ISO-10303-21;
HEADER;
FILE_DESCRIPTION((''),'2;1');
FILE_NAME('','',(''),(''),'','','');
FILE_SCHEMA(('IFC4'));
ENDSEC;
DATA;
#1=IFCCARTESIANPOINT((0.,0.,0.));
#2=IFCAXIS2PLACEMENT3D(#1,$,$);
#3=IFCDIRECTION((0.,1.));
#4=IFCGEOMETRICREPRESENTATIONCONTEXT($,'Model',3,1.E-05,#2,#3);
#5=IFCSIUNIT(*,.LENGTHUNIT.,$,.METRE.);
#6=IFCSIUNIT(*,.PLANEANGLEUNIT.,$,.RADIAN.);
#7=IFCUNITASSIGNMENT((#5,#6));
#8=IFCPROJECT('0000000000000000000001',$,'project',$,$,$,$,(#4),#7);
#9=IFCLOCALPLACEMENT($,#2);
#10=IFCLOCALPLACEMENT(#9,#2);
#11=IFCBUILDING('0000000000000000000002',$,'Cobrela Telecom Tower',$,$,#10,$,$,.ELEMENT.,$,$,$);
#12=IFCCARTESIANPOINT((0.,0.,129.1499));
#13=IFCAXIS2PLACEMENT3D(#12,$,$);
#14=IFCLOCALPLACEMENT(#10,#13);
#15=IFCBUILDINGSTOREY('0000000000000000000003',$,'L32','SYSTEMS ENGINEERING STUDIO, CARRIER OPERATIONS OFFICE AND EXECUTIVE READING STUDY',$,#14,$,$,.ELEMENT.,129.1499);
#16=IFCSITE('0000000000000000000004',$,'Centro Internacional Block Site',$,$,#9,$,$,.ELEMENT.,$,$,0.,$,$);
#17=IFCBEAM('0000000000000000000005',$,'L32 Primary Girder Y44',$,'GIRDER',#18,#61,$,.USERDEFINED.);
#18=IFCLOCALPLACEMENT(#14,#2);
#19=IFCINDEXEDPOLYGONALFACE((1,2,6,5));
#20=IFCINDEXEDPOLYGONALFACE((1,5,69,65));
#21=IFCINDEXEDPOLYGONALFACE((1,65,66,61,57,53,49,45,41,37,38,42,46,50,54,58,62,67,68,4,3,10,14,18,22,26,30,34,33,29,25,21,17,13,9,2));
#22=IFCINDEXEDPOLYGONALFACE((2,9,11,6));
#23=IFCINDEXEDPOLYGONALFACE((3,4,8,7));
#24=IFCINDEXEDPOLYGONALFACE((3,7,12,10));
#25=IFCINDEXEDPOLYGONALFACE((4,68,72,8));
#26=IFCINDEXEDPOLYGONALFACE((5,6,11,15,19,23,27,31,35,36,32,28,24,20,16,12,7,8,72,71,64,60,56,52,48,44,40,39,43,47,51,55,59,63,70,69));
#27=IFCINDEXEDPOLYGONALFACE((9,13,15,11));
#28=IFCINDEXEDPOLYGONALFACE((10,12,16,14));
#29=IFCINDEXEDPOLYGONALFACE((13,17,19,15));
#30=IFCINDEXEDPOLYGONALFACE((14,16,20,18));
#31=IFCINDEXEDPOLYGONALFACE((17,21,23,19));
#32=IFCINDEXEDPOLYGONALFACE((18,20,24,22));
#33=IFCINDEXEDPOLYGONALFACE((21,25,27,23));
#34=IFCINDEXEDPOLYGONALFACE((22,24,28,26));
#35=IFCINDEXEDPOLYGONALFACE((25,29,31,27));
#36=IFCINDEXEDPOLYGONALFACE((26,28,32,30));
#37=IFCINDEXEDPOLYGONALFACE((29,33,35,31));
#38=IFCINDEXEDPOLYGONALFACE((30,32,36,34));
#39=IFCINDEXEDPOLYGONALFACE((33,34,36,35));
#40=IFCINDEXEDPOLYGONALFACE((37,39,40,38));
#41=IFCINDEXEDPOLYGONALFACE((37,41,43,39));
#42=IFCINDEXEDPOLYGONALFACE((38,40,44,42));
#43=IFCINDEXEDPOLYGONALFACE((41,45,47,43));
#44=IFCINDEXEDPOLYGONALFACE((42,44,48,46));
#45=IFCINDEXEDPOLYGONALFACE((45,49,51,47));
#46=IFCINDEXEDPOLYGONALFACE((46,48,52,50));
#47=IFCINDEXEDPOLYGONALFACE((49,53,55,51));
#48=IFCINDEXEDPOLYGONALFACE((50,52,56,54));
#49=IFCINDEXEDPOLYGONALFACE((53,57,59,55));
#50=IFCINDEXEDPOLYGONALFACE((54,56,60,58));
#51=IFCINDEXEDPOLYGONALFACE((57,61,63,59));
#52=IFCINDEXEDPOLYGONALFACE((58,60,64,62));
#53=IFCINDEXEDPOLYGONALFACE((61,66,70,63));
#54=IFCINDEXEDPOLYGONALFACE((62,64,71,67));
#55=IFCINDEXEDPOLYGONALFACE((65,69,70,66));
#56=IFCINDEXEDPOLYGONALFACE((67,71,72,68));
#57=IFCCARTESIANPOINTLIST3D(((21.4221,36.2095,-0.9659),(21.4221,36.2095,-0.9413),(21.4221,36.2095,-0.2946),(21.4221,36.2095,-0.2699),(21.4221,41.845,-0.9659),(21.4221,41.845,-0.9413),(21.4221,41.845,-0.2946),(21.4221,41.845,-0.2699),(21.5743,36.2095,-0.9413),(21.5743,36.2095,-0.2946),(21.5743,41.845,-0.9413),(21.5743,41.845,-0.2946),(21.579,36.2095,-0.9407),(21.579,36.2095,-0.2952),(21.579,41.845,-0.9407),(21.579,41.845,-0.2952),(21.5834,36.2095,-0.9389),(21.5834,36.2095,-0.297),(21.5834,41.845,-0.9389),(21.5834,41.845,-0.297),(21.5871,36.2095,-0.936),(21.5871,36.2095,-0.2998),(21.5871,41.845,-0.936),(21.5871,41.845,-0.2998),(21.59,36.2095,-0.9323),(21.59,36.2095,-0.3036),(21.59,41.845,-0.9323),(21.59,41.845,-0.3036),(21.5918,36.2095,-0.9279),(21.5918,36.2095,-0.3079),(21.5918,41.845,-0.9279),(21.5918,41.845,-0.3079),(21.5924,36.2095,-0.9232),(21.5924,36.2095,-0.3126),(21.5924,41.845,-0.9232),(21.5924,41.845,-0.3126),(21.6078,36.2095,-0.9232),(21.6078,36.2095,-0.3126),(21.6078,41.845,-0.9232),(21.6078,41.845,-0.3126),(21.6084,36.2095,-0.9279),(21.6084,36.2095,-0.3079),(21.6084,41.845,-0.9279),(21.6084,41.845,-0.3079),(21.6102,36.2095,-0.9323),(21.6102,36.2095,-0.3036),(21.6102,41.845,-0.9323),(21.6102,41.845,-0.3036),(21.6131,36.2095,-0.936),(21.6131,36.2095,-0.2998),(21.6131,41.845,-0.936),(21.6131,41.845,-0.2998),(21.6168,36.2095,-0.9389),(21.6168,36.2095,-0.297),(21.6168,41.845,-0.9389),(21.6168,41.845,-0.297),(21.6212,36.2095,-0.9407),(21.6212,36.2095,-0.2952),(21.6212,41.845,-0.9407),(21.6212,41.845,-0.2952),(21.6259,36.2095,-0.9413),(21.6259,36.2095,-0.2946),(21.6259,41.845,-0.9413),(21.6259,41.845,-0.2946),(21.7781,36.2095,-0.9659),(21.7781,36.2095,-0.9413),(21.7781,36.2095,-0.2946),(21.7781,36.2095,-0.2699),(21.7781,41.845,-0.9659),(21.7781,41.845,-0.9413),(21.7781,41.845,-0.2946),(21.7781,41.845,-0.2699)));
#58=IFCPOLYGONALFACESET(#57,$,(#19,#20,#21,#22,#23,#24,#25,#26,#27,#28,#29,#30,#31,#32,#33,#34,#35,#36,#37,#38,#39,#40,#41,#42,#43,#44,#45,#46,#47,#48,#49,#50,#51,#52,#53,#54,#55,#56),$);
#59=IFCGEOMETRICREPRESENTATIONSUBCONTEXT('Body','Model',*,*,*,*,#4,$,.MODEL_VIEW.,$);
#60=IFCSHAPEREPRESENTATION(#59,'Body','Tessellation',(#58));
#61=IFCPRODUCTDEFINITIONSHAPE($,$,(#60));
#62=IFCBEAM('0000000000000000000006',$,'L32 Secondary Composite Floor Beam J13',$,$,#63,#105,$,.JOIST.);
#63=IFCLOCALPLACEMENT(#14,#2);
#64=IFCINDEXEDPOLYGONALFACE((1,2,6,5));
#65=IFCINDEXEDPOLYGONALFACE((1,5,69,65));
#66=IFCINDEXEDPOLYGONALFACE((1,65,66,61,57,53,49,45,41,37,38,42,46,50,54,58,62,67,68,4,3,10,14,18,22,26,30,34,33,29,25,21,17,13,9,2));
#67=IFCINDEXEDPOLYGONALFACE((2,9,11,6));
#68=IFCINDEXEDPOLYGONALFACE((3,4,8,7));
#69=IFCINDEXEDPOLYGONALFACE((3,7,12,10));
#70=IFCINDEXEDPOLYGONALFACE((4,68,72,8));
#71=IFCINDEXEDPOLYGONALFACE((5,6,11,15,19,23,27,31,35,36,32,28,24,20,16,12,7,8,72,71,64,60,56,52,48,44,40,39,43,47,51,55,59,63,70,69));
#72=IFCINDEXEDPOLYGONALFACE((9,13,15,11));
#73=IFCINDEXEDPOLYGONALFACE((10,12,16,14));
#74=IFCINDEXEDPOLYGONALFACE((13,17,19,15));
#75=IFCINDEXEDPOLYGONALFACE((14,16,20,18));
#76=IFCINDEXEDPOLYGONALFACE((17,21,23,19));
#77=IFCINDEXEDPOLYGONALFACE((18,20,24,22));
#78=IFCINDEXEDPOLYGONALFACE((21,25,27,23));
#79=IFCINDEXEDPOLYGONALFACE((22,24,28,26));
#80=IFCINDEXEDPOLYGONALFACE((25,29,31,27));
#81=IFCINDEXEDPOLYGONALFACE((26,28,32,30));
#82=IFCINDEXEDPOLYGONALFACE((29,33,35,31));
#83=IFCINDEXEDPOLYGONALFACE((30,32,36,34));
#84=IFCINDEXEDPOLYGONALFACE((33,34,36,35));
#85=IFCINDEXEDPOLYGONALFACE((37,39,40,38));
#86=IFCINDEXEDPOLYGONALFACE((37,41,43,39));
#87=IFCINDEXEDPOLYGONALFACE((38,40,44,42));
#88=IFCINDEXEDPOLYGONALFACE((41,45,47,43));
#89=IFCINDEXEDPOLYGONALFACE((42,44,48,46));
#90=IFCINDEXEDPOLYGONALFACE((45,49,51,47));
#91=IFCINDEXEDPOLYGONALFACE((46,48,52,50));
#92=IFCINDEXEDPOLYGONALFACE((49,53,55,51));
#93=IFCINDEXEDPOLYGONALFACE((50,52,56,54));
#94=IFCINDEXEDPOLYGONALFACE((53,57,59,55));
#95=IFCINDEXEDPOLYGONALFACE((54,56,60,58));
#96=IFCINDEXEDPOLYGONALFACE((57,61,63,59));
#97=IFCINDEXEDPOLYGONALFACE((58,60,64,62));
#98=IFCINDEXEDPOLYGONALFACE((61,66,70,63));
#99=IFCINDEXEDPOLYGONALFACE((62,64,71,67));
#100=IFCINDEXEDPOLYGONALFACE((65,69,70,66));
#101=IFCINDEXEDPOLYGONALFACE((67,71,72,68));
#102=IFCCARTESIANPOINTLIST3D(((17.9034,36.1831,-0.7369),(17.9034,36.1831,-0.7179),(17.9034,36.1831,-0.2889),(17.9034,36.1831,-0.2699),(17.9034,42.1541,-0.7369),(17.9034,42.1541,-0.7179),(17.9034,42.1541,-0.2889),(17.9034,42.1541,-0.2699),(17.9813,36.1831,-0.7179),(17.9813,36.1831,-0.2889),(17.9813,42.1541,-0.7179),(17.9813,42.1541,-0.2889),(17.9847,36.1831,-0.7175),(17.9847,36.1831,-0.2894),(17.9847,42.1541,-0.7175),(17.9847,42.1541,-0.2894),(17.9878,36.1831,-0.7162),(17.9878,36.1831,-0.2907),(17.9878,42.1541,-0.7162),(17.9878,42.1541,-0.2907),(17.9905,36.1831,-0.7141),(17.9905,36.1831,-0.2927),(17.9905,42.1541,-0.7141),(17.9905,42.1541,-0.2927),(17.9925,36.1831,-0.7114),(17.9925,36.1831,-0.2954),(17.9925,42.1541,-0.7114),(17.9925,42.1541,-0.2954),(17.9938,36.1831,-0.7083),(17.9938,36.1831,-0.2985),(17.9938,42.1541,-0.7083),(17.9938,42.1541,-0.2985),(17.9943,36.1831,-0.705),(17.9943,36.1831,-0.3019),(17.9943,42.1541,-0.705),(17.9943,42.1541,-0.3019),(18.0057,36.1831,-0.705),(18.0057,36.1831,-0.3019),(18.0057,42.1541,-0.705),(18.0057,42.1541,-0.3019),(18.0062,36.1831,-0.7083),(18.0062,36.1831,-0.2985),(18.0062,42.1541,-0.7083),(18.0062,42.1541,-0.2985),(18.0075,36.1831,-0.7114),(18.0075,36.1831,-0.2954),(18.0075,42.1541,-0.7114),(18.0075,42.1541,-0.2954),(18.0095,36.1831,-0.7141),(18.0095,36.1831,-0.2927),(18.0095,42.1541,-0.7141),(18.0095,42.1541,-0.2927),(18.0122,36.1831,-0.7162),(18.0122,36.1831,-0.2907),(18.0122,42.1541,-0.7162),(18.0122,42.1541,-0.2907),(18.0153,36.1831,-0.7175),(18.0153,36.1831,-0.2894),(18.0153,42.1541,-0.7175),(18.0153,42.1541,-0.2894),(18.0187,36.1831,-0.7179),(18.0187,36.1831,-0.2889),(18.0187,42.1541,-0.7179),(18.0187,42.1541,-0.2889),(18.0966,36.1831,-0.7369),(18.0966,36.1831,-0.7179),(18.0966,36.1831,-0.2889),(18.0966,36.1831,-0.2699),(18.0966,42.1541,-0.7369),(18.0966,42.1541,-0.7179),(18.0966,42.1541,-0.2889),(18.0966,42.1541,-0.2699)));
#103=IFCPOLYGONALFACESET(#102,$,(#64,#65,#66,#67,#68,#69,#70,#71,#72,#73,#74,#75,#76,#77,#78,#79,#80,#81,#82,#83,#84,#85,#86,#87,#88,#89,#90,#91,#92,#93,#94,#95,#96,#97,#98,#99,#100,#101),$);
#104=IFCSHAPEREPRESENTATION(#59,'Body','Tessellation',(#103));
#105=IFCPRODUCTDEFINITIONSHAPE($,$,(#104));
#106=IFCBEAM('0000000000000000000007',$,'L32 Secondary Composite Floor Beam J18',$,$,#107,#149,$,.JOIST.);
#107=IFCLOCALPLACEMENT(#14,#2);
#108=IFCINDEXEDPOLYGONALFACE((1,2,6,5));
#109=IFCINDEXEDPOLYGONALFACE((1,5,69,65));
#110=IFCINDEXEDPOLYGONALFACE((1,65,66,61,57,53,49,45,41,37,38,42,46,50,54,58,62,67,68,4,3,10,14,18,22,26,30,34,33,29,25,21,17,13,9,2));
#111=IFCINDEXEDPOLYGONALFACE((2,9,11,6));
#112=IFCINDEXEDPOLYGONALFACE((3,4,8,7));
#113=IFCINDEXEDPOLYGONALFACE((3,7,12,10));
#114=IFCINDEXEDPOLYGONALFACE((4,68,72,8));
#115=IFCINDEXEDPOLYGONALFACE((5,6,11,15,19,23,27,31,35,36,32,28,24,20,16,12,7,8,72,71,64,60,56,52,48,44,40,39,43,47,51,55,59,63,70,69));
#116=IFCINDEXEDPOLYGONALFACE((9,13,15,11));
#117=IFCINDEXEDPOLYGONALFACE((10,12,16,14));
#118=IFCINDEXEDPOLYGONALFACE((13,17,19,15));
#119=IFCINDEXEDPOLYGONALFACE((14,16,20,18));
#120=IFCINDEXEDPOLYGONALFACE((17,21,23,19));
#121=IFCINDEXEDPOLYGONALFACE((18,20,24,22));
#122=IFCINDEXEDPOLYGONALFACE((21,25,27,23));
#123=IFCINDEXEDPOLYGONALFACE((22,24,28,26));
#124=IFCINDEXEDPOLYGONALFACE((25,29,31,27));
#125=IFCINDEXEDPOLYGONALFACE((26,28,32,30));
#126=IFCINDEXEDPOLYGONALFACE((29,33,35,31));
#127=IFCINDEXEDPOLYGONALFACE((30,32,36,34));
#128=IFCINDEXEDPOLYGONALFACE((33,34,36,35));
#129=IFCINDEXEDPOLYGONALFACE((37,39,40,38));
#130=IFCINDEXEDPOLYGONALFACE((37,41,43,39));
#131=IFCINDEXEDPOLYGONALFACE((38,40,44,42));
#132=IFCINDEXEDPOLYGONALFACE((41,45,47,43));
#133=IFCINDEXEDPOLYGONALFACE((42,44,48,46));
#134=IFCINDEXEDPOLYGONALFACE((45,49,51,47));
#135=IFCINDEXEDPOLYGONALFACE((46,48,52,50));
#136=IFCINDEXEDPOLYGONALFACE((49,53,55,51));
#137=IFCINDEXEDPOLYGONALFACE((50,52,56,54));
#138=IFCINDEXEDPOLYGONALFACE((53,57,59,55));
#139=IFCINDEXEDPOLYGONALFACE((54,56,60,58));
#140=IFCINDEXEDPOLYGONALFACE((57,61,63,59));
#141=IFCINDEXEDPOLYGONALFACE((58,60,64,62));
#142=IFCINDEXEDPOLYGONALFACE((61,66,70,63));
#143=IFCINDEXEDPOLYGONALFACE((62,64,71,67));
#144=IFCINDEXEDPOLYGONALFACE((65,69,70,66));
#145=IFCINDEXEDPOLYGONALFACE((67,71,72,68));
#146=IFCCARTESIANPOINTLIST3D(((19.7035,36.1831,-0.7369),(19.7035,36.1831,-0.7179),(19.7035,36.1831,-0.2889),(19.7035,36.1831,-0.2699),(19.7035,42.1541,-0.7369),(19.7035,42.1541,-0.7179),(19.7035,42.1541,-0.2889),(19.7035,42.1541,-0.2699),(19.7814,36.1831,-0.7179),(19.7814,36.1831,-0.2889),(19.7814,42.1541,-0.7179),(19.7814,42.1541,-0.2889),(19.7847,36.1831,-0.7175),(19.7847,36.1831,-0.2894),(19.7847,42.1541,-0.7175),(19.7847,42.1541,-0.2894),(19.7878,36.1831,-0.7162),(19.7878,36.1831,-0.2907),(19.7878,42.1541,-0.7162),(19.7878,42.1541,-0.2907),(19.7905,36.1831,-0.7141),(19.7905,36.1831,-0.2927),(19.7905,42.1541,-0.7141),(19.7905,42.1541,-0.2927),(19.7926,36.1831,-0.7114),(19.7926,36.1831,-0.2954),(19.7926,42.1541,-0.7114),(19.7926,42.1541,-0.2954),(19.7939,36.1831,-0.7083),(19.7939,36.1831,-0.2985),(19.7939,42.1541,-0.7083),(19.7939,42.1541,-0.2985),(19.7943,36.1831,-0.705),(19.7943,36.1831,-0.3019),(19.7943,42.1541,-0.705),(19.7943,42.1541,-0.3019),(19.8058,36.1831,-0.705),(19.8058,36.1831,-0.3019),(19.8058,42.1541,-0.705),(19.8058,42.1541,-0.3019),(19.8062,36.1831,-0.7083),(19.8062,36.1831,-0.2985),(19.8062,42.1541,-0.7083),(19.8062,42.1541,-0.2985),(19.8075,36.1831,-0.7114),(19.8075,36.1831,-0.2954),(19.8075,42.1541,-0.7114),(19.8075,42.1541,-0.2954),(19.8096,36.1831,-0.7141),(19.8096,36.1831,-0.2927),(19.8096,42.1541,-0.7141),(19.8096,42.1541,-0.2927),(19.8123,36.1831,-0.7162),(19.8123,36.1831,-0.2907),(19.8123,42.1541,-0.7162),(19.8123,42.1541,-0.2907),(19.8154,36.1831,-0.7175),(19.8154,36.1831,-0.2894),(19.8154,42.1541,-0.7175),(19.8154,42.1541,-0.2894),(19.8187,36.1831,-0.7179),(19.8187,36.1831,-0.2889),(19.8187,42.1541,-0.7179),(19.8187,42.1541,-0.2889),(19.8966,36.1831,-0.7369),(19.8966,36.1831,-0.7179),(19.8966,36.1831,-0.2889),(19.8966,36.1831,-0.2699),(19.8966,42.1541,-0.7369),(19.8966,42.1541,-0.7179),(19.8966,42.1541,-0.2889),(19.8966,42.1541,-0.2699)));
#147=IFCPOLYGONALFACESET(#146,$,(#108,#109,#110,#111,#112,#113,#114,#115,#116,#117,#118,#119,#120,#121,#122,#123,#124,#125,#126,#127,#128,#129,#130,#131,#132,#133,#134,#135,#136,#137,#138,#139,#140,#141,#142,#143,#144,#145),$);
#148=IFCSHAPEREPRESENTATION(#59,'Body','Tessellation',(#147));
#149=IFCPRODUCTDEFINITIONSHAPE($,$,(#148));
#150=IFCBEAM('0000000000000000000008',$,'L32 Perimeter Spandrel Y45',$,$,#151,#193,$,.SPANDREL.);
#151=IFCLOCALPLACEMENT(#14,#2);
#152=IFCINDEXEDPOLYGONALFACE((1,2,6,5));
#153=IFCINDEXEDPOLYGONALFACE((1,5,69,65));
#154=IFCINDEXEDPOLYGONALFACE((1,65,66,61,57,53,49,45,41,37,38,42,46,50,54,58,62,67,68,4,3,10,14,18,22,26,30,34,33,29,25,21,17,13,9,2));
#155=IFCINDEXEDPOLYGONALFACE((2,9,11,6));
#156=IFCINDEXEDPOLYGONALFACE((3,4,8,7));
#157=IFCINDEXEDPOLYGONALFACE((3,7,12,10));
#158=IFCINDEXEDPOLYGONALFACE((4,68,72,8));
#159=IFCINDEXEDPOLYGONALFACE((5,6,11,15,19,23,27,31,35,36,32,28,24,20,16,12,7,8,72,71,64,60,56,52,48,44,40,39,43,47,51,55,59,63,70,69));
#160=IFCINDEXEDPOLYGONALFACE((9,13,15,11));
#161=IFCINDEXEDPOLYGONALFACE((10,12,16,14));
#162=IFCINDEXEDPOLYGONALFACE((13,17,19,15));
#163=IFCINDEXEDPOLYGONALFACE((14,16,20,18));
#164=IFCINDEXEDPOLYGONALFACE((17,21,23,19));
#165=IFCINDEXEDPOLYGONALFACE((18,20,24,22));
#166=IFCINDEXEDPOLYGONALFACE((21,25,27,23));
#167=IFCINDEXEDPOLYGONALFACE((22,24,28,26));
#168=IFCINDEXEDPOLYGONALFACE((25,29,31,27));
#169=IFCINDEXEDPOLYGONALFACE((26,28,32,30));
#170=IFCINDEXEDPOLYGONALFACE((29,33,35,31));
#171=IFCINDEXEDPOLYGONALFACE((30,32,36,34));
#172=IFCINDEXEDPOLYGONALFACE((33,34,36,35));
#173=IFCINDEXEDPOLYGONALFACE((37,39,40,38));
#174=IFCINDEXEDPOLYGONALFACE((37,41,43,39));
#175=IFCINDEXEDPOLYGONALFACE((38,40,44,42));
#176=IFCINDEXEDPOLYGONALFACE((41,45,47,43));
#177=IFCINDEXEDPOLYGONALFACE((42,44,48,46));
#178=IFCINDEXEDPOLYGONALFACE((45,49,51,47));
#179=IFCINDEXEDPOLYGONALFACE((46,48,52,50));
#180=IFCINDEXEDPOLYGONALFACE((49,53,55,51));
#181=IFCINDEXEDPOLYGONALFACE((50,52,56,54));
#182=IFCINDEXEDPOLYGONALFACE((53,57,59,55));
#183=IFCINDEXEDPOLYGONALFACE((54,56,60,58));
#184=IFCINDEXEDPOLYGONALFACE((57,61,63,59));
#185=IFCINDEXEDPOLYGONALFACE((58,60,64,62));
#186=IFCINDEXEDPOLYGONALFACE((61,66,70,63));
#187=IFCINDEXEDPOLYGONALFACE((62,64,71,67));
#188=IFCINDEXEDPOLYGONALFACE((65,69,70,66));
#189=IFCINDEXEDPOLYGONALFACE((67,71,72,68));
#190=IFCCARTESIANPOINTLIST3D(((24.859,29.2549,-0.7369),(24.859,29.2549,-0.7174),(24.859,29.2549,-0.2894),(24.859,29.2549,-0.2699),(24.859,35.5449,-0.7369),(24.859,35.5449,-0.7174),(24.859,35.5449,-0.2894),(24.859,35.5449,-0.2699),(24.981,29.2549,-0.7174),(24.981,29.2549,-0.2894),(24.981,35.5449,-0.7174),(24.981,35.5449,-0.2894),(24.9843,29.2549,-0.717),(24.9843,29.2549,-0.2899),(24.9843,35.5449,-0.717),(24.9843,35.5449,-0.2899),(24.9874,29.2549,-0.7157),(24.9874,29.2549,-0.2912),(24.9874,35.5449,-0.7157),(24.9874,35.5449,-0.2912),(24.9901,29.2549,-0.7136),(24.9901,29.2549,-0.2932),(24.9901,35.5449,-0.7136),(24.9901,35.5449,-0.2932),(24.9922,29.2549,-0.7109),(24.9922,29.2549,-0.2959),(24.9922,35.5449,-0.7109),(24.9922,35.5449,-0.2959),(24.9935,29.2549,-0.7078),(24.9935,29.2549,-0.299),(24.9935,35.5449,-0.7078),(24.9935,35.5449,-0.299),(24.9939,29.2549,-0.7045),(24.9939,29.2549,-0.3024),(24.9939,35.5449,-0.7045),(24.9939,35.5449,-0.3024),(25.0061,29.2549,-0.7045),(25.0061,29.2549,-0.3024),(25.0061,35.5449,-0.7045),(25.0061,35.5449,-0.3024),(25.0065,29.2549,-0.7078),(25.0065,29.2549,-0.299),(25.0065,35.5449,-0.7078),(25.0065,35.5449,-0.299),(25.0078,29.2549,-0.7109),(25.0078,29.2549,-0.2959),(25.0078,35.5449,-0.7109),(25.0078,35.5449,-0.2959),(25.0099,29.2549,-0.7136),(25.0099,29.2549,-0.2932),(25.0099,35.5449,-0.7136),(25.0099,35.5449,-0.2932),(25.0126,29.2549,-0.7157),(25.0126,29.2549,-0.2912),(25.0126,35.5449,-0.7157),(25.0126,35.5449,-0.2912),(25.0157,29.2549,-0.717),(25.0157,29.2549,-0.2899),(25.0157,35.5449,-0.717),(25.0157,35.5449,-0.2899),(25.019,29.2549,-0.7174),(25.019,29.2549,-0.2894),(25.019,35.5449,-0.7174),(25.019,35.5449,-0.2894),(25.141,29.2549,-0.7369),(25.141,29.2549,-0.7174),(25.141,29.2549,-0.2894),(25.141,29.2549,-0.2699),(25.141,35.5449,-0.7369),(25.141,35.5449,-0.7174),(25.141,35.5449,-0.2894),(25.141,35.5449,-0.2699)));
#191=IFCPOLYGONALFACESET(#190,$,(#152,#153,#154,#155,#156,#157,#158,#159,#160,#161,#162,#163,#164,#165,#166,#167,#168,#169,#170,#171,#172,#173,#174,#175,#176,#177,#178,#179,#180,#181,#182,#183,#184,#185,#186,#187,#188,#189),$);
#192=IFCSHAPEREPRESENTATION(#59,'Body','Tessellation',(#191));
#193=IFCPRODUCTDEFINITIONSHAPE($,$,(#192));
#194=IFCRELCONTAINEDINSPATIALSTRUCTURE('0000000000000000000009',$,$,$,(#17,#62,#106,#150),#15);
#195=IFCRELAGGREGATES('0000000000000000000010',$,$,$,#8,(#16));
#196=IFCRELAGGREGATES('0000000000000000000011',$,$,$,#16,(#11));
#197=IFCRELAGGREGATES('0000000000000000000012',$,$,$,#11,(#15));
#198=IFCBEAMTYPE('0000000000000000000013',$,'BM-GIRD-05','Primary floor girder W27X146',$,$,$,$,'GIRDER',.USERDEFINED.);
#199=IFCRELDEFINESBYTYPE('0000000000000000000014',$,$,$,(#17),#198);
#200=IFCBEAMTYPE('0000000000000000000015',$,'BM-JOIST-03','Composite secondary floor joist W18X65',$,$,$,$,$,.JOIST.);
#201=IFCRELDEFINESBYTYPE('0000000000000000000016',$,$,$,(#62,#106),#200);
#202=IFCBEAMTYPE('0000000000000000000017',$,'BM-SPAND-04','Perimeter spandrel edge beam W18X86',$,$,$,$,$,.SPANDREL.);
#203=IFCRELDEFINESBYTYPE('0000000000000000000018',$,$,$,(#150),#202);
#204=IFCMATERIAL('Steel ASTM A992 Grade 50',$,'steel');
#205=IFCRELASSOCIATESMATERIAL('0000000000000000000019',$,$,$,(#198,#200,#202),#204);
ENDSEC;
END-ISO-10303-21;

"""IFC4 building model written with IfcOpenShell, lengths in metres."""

from ifc_helpers import new_model, si_unit, direction, frame, origin, origin_2d, place, context, subcontext, project, spatial, i_section, extrude, material, material_profile, profile_set, type_object, element, save


model = new_model("IFC4")

# Units and contexts
model_context = context("Model", 3, precision=1e-05, world=origin(), true_north=direction((0.0, 1.0)))
body_context = subcontext(model_context, "Body", "Model", "MODEL_VIEW")
ifc_project = project(units=[si_unit("LENGTHUNIT", "METRE"), si_unit("PLANEANGLEUNIT", "RADIAN")], contexts=[model_context])

# Site, building, storey
site_placement = place(None, origin())
site = spatial("IfcSite", under=ifc_project, at=site_placement, Name="Centro Internacional Block Site", CompositionType="ELEMENT", RefElevation=0.0)
building_placement = place(site_placement, origin())
building = spatial("IfcBuilding", under=site, at=building_placement, Name="Cobrela Telecom Tower", CompositionType="ELEMENT")
storey_placement = place(building_placement, frame((0.0, 0.0, 129.1499)))
storey = spatial("IfcBuildingStorey", under=building, at=storey_placement, Name="L32", Description="SYSTEMS ENGINEERING STUDIO, CARRIER OPERATIONS OFFICE AND EXECUTIVE READING STUDY", CompositionType="ELEMENT", Elevation=129.1499)

# Shared definitions
ifc_material_1 = material(Name="Steel ASTM A992 Grade 50", Category="steel")

# Beams
ifc_material_profile_1 = material_profile(ifc_material_1, i_section(OverallWidth=0.356, OverallDepth=0.696, WebThickness=0.0154, FlangeThickness=0.0247, FilletRadius=0.0181, at=origin_2d()), Name="W27X146")
ifc_profile_set_1 = profile_set([ifc_material_profile_1], Name="Steel ASTM A992 Grade 50")
beam_type_1 = type_object("IfcBeamType", Name="BM-GIRD-05", Description="Primary floor girder W27X146", ElementType="GIRDER", PredefinedType="USERDEFINED", material=ifc_profile_set_1)
beam_1_placement = place(storey_placement, frame((21.6001, 36.2095, -0.6179), z_axis=(0.0, 1.0, 0.0), x_axis=(-1.0, 0.0, 0.0)))
element("IfcBeam", 1, at=beam_1_placement, inside=storey, type_object=beam_type_1, Name="L32 Primary Girder Y44", ObjectType="GIRDER", PredefinedType="USERDEFINED", context=body_context, shape_type="SweptSolid", body=[
    extrude(i_section(OverallWidth=0.356, OverallDepth=0.696, WebThickness=0.0154, FlangeThickness=0.0247, FilletRadius=0.0181, at=origin_2d()), origin(), (0.0, 0.0, 1.0), 5.6355),
])
ifc_material_profile_2 = material_profile(ifc_material_1, i_section(OverallWidth=0.1931, OverallDepth=0.467, WebThickness=0.0115, FlangeThickness=0.019, FilletRadius=0.0129, at=origin_2d()), Name="W18X65")
ifc_profile_set_2 = profile_set([ifc_material_profile_2], Name="Steel ASTM A992 Grade 50")
beam_type_2 = type_object("IfcBeamType", Name="BM-JOIST-03", Description="Composite secondary floor joist W18X65", PredefinedType="JOIST", material=ifc_profile_set_2)
for number, where, z_axis, x_axis, name in (
    (2, (18.0, 36.1831, -0.5034), (0.0, 1.0, 0.0), (-1.0, 0.0, 0.0), "L32 Secondary Composite Floor Beam J13"),
    (3, (19.8, 36.1831, -0.5034), (0.0, 1.0, 0.0), (-1.0, 0.0, 0.0), "L32 Secondary Composite Floor Beam J18"),
):
    element("IfcBeam", number, at=place(storey_placement, frame(where, z_axis=z_axis, x_axis=x_axis)), inside=storey, type_object=beam_type_2, Name=name, PredefinedType="JOIST", context=body_context, shape_type="SweptSolid", body=[
        extrude(i_section(OverallWidth=0.1931, OverallDepth=0.467, WebThickness=0.0115, FlangeThickness=0.019, FilletRadius=0.0129, at=origin_2d()), origin(), (0.0, 0.0, 1.0), 5.9709),
    ])
ifc_material_profile_3 = material_profile(ifc_material_1, i_section(OverallWidth=0.282, OverallDepth=0.467, WebThickness=0.0122, FlangeThickness=0.0195, FilletRadius=0.0129, at=origin_2d()), Name="W18X86")
ifc_profile_set_3 = profile_set([ifc_material_profile_3], Name="Steel ASTM A992 Grade 50")
beam_type_3 = type_object("IfcBeamType", Name="BM-SPAND-04", Description="Perimeter spandrel edge beam W18X86", PredefinedType="SPANDREL", material=ifc_profile_set_3)
beam_2_placement = place(storey_placement, frame((25.0, 29.2549, -0.5034), z_axis=(0.0, 1.0, 0.0), x_axis=(-1.0, 0.0, 0.0)))
element("IfcBeam", 4, at=beam_2_placement, inside=storey, type_object=beam_type_3, Name="L32 Perimeter Spandrel Y45", PredefinedType="SPANDREL", context=body_context, shape_type="SweptSolid", body=[
    extrude(i_section(OverallWidth=0.282, OverallDepth=0.467, WebThickness=0.0122, FlangeThickness=0.0195, FilletRadius=0.0129, at=origin_2d()), origin(), (0.0, 0.0, 1.0), 6.29),
])

save(model, "model.ifc")
